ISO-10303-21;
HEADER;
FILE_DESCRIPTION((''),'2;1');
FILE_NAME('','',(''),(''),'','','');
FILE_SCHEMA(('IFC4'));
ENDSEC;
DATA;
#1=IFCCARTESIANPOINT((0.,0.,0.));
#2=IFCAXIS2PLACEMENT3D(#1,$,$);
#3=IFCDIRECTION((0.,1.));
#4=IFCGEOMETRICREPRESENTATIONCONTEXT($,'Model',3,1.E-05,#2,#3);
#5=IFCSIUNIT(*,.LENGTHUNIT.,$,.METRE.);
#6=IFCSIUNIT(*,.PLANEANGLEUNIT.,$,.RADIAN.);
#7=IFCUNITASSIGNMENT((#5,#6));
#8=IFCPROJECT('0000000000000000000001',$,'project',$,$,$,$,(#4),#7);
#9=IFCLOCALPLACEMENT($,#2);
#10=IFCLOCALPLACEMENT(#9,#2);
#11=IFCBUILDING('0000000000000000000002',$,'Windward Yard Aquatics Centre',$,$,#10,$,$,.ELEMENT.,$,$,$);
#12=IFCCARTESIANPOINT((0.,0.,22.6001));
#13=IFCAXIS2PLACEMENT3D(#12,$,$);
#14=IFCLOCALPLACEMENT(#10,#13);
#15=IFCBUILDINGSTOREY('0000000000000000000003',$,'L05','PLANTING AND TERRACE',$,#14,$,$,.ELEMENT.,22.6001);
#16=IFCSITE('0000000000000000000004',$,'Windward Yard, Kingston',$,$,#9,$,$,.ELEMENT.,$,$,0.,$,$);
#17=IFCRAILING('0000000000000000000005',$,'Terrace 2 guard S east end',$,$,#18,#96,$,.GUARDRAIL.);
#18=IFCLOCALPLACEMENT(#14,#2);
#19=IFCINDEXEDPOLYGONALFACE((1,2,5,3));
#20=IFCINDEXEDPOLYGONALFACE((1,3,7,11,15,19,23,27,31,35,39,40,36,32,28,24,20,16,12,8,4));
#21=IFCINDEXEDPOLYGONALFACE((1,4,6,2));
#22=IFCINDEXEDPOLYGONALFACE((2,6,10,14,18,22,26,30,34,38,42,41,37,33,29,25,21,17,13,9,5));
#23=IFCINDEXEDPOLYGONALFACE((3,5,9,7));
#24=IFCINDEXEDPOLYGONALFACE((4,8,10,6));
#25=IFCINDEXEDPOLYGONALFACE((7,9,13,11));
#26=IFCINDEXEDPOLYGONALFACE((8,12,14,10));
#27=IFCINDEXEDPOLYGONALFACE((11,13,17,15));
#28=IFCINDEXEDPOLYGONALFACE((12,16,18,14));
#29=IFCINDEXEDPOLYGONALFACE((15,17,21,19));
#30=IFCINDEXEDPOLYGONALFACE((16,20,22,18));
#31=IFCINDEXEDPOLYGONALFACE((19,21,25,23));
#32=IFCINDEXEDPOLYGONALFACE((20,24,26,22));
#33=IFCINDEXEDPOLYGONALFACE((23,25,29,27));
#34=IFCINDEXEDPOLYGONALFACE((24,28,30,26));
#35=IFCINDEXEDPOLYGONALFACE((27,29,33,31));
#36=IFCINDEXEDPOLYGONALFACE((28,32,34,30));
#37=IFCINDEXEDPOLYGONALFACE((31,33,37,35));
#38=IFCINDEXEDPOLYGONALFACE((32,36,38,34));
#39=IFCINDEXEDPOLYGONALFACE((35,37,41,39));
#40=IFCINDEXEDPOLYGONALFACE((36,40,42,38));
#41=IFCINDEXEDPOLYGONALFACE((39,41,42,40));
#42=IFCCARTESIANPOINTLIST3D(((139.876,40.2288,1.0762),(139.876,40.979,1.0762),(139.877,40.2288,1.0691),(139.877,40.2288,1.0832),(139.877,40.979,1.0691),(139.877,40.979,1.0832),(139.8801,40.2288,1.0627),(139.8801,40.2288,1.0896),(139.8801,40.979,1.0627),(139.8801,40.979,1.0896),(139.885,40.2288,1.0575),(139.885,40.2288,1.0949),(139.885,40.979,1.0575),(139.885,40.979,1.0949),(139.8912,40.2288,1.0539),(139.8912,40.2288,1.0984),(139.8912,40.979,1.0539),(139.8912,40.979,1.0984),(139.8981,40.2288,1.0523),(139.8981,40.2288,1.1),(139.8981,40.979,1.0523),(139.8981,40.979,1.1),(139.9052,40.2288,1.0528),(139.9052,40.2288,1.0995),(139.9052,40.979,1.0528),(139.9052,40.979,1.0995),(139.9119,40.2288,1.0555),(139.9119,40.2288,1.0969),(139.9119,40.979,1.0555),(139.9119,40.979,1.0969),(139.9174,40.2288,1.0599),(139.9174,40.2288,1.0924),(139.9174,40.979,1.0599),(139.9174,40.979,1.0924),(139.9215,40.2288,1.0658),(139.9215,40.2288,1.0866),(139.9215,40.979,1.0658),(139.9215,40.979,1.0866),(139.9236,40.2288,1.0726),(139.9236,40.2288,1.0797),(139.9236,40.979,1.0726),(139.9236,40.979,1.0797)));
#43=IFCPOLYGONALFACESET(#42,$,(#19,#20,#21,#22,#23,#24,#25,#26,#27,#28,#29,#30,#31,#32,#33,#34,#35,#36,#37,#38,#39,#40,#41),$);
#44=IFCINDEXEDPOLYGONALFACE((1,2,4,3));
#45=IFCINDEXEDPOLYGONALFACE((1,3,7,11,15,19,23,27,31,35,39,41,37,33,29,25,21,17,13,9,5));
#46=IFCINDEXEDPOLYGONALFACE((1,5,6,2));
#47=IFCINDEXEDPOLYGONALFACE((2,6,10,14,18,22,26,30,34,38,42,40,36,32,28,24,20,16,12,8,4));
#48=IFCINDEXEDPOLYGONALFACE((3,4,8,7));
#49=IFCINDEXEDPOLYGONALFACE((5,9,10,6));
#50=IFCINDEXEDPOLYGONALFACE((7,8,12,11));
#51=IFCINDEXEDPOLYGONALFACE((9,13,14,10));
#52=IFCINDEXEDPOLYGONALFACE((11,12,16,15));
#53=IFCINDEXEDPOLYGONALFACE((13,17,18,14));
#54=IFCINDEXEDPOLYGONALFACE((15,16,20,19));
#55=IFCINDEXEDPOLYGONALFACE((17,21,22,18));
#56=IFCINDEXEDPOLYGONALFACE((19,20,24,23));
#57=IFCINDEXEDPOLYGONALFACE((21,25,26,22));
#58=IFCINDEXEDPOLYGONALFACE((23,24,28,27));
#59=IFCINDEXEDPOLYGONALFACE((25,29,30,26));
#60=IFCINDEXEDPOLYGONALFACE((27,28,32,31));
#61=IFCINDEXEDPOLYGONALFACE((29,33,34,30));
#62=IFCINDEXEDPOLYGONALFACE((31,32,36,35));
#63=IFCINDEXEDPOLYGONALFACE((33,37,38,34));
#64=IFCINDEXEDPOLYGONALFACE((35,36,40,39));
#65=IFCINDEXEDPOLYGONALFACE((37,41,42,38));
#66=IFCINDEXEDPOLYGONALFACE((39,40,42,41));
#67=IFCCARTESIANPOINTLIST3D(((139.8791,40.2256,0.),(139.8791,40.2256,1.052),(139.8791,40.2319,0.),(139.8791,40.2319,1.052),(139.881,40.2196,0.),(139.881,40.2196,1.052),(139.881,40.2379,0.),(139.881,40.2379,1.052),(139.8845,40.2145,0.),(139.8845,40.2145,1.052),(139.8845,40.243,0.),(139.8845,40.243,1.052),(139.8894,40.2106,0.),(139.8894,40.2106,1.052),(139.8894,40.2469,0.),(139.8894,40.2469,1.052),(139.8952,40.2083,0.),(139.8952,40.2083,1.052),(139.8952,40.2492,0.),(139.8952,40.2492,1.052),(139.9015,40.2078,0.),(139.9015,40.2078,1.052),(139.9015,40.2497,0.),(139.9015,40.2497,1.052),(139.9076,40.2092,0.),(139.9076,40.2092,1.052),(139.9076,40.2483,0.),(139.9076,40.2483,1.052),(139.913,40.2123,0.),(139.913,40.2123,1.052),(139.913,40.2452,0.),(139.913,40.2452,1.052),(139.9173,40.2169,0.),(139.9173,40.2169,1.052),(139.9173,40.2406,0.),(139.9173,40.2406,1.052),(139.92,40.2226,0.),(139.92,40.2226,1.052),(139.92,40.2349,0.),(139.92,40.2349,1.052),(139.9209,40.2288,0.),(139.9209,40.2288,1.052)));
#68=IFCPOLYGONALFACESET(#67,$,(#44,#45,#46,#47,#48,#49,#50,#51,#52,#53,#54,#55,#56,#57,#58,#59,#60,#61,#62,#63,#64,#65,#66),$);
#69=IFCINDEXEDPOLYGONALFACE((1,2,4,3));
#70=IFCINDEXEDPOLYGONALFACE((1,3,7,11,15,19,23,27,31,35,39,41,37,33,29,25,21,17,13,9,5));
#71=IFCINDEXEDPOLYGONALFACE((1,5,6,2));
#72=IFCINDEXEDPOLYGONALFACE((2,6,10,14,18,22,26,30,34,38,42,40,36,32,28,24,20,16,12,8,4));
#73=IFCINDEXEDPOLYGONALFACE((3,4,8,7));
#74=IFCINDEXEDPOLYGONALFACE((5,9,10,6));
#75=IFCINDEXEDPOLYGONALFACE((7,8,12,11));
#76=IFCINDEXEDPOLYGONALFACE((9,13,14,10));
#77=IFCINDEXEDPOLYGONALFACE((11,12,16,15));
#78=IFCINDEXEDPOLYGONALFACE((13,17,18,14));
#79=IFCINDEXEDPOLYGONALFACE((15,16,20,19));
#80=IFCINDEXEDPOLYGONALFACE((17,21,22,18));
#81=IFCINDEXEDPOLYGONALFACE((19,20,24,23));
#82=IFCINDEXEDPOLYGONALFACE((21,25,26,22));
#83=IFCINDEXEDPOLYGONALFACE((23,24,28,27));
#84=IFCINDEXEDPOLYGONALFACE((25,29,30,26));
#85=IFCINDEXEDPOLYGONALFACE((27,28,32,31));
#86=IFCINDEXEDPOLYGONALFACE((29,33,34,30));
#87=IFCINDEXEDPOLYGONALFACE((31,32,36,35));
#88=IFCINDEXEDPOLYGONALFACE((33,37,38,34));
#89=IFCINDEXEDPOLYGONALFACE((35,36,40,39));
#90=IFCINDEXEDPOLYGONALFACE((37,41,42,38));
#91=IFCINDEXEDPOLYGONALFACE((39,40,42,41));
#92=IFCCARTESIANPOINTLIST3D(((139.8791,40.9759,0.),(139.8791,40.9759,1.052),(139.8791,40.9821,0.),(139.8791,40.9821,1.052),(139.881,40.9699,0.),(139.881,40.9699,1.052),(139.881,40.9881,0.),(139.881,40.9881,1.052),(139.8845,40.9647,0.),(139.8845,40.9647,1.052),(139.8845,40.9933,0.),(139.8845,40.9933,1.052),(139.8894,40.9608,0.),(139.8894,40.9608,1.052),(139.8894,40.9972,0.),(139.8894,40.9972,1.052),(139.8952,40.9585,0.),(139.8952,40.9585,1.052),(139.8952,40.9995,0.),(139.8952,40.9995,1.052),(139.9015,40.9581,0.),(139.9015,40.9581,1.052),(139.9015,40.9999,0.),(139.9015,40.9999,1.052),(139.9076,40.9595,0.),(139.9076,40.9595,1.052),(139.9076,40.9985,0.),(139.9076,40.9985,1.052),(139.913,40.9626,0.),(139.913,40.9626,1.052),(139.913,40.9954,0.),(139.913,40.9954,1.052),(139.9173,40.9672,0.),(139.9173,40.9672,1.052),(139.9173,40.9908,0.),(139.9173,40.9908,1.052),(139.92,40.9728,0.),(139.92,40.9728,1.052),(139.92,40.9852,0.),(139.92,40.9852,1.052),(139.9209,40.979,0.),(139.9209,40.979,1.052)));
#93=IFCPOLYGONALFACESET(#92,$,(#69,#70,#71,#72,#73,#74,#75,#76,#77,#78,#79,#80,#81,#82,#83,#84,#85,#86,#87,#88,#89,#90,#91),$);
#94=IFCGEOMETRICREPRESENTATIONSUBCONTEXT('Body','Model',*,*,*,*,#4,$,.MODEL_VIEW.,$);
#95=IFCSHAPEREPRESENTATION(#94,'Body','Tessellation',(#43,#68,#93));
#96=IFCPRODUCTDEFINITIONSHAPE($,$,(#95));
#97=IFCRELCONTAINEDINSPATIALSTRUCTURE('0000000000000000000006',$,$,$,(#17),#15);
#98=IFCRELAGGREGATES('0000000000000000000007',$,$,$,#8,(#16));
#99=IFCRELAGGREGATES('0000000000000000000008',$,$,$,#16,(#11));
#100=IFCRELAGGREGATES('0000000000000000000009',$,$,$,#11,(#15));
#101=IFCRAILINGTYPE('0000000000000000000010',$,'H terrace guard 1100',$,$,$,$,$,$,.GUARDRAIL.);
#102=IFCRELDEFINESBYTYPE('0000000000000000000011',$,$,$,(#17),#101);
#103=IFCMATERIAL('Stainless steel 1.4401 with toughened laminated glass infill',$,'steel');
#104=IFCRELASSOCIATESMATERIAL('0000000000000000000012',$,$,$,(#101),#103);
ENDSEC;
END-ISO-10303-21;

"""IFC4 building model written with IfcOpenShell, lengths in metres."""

from ifc_helpers import new_model, si_unit, direction, frame, origin, origin_2d, place, context, subcontext, project, spatial, circle, extrude, material, type_object, element, save


model = new_model("IFC4")

# Units and contexts
model_context = context("Model", 3, precision=1e-05, world=origin(), true_north=direction((0.0, 1.0)))
body_context = subcontext(model_context, "Body", "Model", "MODEL_VIEW")
ifc_project = project(units=[si_unit("LENGTHUNIT", "METRE"), si_unit("PLANEANGLEUNIT", "RADIAN")], contexts=[model_context])

# Site, building, storey
site_placement = place(None, origin())
site = spatial("IfcSite", under=ifc_project, at=site_placement, Name="Windward Yard, Kingston", CompositionType="ELEMENT", RefElevation=0.0)
building_placement = place(site_placement, origin())
building = spatial("IfcBuilding", under=site, at=building_placement, Name="Windward Yard Aquatics Centre", CompositionType="ELEMENT")
storey_placement = place(building_placement, frame((0.0, 0.0, 22.6001)))
storey = spatial("IfcBuildingStorey", under=building, at=storey_placement, Name="L05", Description="PLANTING AND TERRACE", CompositionType="ELEMENT", Elevation=22.6001)

# Railing
ifc_material_1 = material(Name="Stainless steel 1.4401 with toughened laminated glass infill", Category="steel")
railing_type = type_object("IfcRailingType", Name="H terrace guard 1100", PredefinedType="GUARDRAIL", material=ifc_material_1)
railing_placement = place(storey_placement, frame((139.8999, 40.2288, 0.0)))
element("IfcRailing", 1, at=railing_placement, inside=storey, type_object=railing_type, Name="Terrace 2 guard S east end", PredefinedType="GUARDRAIL", context=body_context, shape_type="SweptSolid", body=[
    extrude(circle(Radius=0.0239, at=origin_2d()), frame((0.0, 0.0, 1.0762), z_axis=(0.0, 1.0, 0.0), x_axis=(-1.0, 0.0, 0.0)), (0.0, 0.0, 1.0), 0.7502),
    extrude(circle(Radius=0.021, at=origin_2d()), origin(), (0.0, 0.0, 1.0), 1.052),
    extrude(circle(Radius=0.021, at=origin_2d()), frame((0.0, 0.7502, 0.0)), (0.0, 0.0, 1.0), 1.052),
])

save(model, "model.ifc")
